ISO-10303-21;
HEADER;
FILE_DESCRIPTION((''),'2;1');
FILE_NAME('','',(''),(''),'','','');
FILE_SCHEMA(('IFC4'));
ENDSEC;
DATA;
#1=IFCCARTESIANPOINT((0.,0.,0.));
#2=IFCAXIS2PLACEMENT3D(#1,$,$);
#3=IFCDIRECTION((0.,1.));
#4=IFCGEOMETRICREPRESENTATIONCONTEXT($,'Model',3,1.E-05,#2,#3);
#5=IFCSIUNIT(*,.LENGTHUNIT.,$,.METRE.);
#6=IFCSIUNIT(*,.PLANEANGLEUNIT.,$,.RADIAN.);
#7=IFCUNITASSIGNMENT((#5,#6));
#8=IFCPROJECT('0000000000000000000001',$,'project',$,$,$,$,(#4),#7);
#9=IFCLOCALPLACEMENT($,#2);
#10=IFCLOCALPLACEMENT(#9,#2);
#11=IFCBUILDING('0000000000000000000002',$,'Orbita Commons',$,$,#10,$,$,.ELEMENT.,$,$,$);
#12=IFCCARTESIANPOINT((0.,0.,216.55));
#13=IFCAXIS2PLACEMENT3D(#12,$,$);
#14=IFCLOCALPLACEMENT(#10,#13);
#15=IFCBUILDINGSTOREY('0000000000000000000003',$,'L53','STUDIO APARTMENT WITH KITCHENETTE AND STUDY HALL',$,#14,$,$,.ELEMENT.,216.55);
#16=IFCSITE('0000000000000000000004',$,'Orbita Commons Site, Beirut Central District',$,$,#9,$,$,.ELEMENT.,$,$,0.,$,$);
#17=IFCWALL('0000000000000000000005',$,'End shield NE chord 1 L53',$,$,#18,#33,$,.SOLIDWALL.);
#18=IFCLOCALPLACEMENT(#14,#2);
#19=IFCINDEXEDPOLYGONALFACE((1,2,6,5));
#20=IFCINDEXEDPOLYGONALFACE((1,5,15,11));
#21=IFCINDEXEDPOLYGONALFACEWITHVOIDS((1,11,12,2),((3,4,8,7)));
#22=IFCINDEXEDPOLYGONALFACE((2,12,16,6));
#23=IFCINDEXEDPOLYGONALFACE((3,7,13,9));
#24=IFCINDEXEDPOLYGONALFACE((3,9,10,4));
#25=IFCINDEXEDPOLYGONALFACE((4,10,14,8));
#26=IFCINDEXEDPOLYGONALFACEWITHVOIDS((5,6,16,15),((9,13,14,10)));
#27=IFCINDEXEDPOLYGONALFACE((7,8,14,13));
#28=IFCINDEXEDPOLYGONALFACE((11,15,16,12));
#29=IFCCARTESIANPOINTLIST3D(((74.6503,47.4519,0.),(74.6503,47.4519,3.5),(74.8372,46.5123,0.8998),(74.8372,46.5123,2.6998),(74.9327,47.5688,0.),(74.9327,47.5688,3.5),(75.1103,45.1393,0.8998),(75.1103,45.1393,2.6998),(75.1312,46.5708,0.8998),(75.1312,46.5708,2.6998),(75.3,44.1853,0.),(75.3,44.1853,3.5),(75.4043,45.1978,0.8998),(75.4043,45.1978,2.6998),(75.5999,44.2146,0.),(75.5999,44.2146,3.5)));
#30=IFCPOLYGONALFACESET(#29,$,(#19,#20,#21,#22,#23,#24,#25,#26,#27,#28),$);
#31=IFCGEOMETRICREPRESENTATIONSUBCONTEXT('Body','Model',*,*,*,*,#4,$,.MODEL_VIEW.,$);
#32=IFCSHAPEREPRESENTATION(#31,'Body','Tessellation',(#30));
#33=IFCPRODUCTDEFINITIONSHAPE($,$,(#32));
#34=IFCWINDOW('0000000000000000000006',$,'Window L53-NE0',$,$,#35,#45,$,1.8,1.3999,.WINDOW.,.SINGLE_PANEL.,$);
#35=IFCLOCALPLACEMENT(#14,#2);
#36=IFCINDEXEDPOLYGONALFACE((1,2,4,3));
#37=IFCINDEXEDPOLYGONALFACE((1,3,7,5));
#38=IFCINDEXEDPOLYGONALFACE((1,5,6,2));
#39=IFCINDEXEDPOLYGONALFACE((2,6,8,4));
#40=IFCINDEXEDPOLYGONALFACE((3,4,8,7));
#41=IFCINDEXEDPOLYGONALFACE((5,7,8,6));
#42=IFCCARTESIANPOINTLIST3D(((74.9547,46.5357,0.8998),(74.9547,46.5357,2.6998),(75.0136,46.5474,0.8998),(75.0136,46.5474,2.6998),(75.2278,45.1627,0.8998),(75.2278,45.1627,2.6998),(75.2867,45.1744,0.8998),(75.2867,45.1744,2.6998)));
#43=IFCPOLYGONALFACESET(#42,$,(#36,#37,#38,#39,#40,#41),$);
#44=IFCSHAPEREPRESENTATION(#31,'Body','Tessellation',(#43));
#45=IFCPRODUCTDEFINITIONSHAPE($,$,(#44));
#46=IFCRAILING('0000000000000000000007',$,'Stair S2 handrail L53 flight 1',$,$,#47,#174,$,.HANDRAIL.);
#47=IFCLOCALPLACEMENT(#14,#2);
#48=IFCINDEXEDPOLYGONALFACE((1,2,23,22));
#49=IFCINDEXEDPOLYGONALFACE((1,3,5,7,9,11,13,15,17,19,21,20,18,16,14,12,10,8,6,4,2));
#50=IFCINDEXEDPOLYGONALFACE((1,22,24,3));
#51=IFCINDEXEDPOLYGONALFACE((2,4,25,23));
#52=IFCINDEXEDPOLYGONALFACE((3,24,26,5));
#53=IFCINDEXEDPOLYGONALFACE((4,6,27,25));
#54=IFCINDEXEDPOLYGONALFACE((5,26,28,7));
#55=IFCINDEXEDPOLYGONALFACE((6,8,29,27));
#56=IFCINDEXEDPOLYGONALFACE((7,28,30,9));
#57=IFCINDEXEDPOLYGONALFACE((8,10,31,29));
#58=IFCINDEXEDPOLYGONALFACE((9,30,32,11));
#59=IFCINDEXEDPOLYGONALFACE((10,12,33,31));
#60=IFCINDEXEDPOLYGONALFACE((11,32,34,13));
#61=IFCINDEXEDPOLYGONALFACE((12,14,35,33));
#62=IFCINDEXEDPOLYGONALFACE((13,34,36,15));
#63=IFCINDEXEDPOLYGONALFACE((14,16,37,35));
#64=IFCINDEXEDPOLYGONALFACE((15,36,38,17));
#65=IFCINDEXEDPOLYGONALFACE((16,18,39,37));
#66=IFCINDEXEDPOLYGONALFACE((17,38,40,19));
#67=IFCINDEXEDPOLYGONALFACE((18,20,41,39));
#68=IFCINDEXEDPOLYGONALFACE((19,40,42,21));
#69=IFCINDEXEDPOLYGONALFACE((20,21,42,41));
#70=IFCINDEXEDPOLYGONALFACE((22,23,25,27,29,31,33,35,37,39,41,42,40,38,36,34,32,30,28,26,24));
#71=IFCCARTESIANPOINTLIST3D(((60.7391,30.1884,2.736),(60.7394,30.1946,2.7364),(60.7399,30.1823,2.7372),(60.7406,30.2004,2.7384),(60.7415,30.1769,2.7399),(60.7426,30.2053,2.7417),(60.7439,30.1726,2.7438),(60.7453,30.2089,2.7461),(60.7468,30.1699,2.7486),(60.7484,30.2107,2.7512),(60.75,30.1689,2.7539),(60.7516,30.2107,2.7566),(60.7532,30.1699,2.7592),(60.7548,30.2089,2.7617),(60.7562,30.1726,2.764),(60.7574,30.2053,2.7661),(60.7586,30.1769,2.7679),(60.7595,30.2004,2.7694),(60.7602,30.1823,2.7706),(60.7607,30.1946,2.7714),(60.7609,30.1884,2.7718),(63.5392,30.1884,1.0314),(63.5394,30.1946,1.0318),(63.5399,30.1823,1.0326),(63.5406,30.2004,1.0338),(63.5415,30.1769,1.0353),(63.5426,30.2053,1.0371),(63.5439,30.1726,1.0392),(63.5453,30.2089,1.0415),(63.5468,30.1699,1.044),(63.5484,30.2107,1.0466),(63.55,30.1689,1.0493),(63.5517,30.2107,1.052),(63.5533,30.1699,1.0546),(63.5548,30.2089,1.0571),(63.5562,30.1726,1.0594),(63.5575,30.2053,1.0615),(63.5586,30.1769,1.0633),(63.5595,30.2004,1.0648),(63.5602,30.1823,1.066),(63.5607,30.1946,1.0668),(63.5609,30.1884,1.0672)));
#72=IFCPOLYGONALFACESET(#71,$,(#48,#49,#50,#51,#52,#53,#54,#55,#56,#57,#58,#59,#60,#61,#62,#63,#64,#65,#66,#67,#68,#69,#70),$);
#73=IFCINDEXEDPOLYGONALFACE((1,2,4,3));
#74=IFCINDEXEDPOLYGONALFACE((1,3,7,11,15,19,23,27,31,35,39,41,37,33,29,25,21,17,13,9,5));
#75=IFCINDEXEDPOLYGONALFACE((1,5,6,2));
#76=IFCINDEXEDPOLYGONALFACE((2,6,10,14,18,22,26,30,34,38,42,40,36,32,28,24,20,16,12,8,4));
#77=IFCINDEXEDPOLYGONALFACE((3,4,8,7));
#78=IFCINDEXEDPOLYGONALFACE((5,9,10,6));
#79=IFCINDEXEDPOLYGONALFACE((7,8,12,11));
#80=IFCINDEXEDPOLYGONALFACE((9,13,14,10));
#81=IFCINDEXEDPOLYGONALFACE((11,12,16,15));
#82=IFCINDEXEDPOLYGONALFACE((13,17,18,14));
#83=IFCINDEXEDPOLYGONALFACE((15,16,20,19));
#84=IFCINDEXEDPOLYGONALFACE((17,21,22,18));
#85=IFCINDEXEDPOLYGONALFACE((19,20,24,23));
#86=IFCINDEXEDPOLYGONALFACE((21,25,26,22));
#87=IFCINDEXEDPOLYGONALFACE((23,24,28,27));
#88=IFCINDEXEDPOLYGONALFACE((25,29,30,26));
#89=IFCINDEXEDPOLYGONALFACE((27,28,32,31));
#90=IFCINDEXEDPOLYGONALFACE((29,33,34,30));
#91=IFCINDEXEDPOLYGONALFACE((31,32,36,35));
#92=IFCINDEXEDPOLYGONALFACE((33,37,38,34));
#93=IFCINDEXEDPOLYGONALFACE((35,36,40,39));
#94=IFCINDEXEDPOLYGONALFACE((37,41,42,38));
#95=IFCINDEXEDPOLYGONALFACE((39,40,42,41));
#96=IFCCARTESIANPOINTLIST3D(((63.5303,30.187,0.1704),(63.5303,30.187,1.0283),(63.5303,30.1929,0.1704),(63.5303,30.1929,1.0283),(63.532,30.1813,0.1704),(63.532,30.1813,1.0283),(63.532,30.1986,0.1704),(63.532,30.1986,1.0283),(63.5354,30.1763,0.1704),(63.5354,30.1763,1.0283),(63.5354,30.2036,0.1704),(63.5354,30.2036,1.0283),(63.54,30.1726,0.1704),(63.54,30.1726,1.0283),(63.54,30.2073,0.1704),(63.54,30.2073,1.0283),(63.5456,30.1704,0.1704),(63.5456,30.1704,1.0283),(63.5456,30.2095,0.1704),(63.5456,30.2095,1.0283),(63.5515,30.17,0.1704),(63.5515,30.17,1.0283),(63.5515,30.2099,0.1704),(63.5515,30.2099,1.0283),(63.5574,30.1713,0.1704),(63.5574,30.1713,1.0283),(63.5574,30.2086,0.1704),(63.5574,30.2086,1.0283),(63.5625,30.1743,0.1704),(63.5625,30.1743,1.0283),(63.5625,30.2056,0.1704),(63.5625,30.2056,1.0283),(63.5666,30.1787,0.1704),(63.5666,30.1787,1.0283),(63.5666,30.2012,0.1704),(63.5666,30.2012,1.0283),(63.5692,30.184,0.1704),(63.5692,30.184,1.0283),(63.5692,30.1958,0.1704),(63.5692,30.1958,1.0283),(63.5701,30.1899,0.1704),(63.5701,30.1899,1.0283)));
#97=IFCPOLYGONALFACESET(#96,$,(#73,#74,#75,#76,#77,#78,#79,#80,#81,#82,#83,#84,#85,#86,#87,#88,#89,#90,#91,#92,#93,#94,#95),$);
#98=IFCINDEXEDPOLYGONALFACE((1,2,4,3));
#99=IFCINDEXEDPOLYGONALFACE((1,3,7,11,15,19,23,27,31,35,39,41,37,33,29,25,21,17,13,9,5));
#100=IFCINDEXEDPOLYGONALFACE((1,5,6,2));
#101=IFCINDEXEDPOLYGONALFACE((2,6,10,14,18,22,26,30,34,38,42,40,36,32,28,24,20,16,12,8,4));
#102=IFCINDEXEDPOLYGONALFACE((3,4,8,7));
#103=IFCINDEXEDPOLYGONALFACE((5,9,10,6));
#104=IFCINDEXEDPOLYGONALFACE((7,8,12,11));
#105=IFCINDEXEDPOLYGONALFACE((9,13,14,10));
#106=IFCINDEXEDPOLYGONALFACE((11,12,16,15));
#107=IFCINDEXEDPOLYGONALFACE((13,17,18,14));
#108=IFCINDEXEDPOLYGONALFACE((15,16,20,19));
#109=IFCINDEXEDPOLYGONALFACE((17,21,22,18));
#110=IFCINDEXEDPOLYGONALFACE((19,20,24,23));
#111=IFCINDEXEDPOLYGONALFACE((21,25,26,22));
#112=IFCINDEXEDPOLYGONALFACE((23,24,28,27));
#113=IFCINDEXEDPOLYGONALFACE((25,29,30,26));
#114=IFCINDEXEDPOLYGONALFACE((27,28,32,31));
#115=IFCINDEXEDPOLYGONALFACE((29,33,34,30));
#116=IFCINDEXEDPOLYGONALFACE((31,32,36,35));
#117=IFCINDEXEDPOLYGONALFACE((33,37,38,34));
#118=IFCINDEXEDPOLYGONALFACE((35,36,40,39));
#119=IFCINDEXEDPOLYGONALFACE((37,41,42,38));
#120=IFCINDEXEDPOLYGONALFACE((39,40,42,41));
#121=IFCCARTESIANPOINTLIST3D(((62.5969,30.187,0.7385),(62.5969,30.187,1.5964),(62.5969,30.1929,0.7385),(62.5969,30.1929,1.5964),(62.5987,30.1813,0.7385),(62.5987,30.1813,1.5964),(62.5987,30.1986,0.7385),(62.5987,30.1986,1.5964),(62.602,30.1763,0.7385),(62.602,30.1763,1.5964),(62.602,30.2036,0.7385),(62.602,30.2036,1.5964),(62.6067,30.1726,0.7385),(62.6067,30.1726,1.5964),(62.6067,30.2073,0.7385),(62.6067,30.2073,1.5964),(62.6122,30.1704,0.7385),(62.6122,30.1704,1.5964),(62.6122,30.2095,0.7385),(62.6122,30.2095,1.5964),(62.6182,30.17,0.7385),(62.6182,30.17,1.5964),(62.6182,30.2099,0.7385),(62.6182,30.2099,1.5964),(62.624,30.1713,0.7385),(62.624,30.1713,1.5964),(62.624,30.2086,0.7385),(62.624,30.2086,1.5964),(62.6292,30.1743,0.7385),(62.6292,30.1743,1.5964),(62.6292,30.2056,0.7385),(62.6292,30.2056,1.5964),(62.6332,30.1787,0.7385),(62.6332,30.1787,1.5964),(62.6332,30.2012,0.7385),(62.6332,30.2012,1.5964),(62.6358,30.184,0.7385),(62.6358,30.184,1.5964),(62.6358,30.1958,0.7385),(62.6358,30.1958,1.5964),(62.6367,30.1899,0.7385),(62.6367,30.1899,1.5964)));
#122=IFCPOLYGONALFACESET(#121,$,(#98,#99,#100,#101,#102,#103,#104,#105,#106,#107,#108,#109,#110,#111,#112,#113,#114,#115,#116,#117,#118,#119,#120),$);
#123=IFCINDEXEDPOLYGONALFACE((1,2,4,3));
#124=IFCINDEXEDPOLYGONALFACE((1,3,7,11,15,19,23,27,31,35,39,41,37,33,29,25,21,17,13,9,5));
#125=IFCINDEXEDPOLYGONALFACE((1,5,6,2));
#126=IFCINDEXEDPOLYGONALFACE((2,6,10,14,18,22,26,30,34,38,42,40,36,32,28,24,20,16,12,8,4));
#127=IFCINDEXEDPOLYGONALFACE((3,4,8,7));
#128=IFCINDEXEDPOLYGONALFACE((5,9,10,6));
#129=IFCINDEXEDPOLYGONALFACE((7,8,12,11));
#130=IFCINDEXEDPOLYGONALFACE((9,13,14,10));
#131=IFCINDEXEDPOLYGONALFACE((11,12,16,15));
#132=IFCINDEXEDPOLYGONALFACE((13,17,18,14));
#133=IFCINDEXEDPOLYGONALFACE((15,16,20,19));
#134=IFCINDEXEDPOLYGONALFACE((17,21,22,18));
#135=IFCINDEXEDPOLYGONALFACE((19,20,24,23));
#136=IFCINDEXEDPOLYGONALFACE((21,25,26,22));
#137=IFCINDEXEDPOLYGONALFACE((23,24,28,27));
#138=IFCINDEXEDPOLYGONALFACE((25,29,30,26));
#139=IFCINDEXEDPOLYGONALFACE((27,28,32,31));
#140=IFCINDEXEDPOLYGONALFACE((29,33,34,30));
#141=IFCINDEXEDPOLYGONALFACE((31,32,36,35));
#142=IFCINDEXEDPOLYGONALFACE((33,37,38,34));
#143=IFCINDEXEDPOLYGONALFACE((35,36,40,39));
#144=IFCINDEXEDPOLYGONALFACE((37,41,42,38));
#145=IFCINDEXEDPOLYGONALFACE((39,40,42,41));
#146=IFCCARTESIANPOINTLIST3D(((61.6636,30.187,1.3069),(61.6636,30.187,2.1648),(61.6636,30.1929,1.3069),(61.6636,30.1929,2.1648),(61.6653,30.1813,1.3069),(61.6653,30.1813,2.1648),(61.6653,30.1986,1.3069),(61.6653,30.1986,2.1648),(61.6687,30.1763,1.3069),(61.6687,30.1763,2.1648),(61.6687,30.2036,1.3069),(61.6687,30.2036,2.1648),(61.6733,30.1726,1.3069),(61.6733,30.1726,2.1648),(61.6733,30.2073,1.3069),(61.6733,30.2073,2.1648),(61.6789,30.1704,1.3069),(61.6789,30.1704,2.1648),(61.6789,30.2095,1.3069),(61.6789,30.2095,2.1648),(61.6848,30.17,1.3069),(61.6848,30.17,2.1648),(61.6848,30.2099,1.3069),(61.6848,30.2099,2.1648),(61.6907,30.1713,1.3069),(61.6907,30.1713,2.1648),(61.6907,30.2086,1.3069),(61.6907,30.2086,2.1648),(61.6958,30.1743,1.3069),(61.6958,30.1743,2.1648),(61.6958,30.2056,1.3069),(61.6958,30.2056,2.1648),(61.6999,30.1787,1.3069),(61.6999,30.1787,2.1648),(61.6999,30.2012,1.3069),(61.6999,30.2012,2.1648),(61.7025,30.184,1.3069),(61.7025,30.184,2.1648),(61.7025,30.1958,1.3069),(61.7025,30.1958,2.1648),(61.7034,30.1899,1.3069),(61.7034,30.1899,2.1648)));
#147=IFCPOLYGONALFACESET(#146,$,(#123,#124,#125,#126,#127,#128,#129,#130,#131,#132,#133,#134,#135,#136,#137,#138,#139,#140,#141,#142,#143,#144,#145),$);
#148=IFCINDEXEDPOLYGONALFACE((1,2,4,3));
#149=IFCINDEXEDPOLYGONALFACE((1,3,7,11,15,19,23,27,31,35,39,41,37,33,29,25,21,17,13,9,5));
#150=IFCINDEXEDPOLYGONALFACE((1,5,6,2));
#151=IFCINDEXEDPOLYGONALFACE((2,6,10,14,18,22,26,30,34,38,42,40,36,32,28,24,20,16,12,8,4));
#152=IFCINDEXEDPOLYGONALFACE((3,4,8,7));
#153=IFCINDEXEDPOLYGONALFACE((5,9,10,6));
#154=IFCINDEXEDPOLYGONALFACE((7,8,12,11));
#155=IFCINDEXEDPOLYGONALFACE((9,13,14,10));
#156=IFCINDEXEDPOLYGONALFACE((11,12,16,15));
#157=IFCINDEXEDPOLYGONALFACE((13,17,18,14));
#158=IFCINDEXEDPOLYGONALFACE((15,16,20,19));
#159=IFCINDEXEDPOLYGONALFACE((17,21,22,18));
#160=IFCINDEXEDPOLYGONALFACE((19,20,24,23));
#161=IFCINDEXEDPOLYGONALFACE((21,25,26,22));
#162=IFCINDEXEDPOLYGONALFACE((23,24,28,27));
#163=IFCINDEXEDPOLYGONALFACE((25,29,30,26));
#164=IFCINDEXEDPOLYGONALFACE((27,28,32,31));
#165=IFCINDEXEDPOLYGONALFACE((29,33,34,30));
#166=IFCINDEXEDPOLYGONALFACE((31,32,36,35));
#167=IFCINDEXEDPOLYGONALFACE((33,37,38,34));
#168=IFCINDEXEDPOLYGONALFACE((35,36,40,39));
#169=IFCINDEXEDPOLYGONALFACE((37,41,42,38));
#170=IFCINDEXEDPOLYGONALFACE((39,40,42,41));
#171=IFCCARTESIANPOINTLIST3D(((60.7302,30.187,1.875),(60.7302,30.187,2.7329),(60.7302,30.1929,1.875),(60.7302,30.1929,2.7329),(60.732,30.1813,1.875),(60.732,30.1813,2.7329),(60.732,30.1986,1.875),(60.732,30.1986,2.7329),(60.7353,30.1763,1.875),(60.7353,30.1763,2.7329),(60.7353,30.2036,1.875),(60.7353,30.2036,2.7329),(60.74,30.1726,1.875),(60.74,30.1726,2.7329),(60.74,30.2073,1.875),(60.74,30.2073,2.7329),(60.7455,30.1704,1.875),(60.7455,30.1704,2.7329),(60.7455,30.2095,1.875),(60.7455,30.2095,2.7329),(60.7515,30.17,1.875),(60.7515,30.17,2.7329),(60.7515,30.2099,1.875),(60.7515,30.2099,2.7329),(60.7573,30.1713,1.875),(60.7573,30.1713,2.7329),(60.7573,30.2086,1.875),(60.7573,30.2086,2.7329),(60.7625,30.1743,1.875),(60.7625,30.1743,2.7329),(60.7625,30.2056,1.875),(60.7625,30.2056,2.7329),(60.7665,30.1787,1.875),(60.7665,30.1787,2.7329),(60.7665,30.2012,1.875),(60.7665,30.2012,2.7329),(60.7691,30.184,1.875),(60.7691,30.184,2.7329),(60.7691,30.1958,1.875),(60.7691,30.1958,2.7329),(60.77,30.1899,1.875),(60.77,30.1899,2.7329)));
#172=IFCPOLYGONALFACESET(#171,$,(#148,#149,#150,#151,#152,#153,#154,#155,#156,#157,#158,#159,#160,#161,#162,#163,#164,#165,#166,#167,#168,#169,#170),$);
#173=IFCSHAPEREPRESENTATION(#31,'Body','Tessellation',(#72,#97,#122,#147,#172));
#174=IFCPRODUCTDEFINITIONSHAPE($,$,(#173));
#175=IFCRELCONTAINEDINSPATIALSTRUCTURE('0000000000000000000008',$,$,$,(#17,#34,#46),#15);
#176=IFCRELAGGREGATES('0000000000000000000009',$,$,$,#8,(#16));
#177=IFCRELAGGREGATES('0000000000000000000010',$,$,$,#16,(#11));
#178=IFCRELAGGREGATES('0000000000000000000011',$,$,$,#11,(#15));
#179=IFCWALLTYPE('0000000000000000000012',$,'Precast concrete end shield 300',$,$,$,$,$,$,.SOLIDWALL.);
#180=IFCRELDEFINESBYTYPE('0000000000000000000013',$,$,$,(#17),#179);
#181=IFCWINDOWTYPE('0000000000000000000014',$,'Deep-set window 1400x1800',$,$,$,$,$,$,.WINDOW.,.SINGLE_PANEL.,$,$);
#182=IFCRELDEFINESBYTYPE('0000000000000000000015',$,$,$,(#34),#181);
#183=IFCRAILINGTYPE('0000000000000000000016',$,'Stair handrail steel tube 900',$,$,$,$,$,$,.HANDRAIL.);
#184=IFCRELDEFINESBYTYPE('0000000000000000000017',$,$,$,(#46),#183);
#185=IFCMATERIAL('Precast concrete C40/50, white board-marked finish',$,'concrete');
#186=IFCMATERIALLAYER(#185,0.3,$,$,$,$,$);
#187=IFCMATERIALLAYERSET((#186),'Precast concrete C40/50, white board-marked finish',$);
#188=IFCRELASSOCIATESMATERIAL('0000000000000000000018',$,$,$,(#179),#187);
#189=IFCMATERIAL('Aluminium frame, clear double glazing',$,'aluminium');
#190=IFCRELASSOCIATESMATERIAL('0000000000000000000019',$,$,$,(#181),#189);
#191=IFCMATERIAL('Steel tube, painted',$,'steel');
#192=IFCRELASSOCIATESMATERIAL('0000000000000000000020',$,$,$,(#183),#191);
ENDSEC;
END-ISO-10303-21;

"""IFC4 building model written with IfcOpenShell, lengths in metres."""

from ifc_helpers import new_model, si_unit, direction, frame, frame_2d, origin, origin_2d, place, context, subcontext, project, spatial, polyline, rectangle, circle, outline, extrude, material, layer, layer_set, type_object, element, fill, save


model = new_model("IFC4")

# Units and contexts
model_context = context("Model", 3, precision=1e-05, world=origin(), true_north=direction((0.0, 1.0)))
body_context = subcontext(model_context, "Body", "Model", "MODEL_VIEW")
ifc_project = project(units=[si_unit("LENGTHUNIT", "METRE"), si_unit("PLANEANGLEUNIT", "RADIAN")], contexts=[model_context])

# Site, building, storey
site_placement = place(None, origin())
site = spatial("IfcSite", under=ifc_project, at=site_placement, Name="Orbita Commons Site, Beirut Central District", CompositionType="ELEMENT", RefElevation=0.0)
building_placement = place(site_placement, origin())
building = spatial("IfcBuilding", under=site, at=building_placement, Name="Orbita Commons", CompositionType="ELEMENT")
storey_placement = place(building_placement, frame((0.0, 0.0, 216.55)))
storey = spatial("IfcBuildingStorey", under=building, at=storey_placement, Name="L53", Description="STUDIO APARTMENT WITH KITCHENETTE AND STUDY HALL", CompositionType="ELEMENT", Elevation=216.55)

# Wall, opening, window
ifc_material_1 = material(Name="Precast concrete C40/50, white board-marked finish", Category="concrete")
ifc_layer_1 = layer(ifc_material_1, 0.3)
ifc_layer_set_1 = layer_set([ifc_layer_1], Name="Precast concrete C40/50, white board-marked finish")
wall_type_1 = type_object("IfcWallType", Name="Precast concrete end shield 300", PredefinedType="SOLIDWALL", material=ifc_layer_set_1)
wall_1_placement = place(storey_placement, frame((75.45, 44.2, 0.0), z_axis=(0.0, 0.0, 1.0), x_axis=(-0.195087, 0.980786, 0.0)))
wall_1 = element("IfcWall", 1, at=wall_1_placement, inside=storey, type_object=wall_type_1, Name="End shield NE chord 1 L53", PredefinedType="SOLIDWALL", context=body_context, shape_type="SweptSolid", body=[
    extrude(outline(polyline([(-0.0149, -0.1499), (3.405, -0.1499), (3.3455, 0.1499), (0.0149, 0.1499), (-0.0149, -0.1499)])), origin(), (0.0, 0.0, 1.0), 3.5),
])
opening_1_placement = place(wall_1_placement, frame((0.9875, 0.0, 0.8999)))
opening_1 = element("IfcOpeningElement", 2, at=opening_1_placement, cuts=wall_1, PredefinedType="OPENING", context=body_context, shape_type="SweptSolid", body=[
    extrude(rectangle(XDim=1.3999, YDim=1.8, at=frame_2d((0.7, 0.8999))), frame((0.0, 0.1599, 0.0), z_axis=(0.0, -1.0, 0.0), x_axis=(1.0, 0.0, 0.0)), (0.0, 0.0, 1.0), 0.3201),
])
ifc_material_2 = material(Name="Aluminium frame, clear double glazing", Category="aluminium")
window_type = type_object("IfcWindowType", Name="Deep-set window 1400x1800", PartitioningType="SINGLE_PANEL", PredefinedType="WINDOW", material=ifc_material_2)
window_placement = place(opening_1_placement, origin())
window = element("IfcWindow", 3, at=window_placement, inside=storey, type_object=window_type, Name="Window L53-NE0", OverallHeight=1.8, OverallWidth=1.3999, PartitioningType="SINGLE_PANEL", PredefinedType="WINDOW", context=body_context, shape_type="SweptSolid", body=[
    extrude(rectangle(XDim=1.3999, YDim=1.8, at=frame_2d((0.7, 0.8999))), frame((0.0, 0.03, 0.0), z_axis=(0.0, -1.0, 0.0), x_axis=(1.0, 0.0, 0.0)), (0.0, 0.0, 1.0), 0.0601),
])
fill(opening_1, window)

# Railing
ifc_material_3 = material(Name="Steel tube, painted", Category="steel")
railing_type = type_object("IfcRailingType", Name="Stair handrail steel tube 900", PredefinedType="HANDRAIL", material=ifc_material_3)
railing_placement = place(storey_placement, frame((63.55, 30.1899, 0.1704)))
element("IfcRailing", 4, at=railing_placement, inside=storey, type_object=railing_type, Name="Stair S2 handrail L53 flight 1", PredefinedType="HANDRAIL", context=body_context, shape_type="SweptSolid", body=[
    extrude(circle(Radius=0.021, at=origin_2d()), frame((0.0, 0.0, 0.8789), z_axis=(-0.85417, 0.0, 0.519994), x_axis=(0.0, -1.0, 0.0)), (0.0, 0.0, 1.0), 3.2781),
    extrude(circle(Radius=0.02, at=origin_2d()), origin(), (0.0, 0.0, 1.0), 0.8579),
    extrude(circle(Radius=0.02, at=origin_2d()), frame((-0.9333, 0.0, 0.5681)), (0.0, 0.0, 1.0), 0.8579),
    extrude(circle(Radius=0.02, at=origin_2d()), frame((-1.8667, 0.0, 1.1365)), (0.0, 0.0, 1.0), 0.8579),
    extrude(circle(Radius=0.02, at=origin_2d()), frame((-2.8, 0.0, 1.7046)), (0.0, 0.0, 1.0), 0.8579),
])

save(model, "model.ifc")
